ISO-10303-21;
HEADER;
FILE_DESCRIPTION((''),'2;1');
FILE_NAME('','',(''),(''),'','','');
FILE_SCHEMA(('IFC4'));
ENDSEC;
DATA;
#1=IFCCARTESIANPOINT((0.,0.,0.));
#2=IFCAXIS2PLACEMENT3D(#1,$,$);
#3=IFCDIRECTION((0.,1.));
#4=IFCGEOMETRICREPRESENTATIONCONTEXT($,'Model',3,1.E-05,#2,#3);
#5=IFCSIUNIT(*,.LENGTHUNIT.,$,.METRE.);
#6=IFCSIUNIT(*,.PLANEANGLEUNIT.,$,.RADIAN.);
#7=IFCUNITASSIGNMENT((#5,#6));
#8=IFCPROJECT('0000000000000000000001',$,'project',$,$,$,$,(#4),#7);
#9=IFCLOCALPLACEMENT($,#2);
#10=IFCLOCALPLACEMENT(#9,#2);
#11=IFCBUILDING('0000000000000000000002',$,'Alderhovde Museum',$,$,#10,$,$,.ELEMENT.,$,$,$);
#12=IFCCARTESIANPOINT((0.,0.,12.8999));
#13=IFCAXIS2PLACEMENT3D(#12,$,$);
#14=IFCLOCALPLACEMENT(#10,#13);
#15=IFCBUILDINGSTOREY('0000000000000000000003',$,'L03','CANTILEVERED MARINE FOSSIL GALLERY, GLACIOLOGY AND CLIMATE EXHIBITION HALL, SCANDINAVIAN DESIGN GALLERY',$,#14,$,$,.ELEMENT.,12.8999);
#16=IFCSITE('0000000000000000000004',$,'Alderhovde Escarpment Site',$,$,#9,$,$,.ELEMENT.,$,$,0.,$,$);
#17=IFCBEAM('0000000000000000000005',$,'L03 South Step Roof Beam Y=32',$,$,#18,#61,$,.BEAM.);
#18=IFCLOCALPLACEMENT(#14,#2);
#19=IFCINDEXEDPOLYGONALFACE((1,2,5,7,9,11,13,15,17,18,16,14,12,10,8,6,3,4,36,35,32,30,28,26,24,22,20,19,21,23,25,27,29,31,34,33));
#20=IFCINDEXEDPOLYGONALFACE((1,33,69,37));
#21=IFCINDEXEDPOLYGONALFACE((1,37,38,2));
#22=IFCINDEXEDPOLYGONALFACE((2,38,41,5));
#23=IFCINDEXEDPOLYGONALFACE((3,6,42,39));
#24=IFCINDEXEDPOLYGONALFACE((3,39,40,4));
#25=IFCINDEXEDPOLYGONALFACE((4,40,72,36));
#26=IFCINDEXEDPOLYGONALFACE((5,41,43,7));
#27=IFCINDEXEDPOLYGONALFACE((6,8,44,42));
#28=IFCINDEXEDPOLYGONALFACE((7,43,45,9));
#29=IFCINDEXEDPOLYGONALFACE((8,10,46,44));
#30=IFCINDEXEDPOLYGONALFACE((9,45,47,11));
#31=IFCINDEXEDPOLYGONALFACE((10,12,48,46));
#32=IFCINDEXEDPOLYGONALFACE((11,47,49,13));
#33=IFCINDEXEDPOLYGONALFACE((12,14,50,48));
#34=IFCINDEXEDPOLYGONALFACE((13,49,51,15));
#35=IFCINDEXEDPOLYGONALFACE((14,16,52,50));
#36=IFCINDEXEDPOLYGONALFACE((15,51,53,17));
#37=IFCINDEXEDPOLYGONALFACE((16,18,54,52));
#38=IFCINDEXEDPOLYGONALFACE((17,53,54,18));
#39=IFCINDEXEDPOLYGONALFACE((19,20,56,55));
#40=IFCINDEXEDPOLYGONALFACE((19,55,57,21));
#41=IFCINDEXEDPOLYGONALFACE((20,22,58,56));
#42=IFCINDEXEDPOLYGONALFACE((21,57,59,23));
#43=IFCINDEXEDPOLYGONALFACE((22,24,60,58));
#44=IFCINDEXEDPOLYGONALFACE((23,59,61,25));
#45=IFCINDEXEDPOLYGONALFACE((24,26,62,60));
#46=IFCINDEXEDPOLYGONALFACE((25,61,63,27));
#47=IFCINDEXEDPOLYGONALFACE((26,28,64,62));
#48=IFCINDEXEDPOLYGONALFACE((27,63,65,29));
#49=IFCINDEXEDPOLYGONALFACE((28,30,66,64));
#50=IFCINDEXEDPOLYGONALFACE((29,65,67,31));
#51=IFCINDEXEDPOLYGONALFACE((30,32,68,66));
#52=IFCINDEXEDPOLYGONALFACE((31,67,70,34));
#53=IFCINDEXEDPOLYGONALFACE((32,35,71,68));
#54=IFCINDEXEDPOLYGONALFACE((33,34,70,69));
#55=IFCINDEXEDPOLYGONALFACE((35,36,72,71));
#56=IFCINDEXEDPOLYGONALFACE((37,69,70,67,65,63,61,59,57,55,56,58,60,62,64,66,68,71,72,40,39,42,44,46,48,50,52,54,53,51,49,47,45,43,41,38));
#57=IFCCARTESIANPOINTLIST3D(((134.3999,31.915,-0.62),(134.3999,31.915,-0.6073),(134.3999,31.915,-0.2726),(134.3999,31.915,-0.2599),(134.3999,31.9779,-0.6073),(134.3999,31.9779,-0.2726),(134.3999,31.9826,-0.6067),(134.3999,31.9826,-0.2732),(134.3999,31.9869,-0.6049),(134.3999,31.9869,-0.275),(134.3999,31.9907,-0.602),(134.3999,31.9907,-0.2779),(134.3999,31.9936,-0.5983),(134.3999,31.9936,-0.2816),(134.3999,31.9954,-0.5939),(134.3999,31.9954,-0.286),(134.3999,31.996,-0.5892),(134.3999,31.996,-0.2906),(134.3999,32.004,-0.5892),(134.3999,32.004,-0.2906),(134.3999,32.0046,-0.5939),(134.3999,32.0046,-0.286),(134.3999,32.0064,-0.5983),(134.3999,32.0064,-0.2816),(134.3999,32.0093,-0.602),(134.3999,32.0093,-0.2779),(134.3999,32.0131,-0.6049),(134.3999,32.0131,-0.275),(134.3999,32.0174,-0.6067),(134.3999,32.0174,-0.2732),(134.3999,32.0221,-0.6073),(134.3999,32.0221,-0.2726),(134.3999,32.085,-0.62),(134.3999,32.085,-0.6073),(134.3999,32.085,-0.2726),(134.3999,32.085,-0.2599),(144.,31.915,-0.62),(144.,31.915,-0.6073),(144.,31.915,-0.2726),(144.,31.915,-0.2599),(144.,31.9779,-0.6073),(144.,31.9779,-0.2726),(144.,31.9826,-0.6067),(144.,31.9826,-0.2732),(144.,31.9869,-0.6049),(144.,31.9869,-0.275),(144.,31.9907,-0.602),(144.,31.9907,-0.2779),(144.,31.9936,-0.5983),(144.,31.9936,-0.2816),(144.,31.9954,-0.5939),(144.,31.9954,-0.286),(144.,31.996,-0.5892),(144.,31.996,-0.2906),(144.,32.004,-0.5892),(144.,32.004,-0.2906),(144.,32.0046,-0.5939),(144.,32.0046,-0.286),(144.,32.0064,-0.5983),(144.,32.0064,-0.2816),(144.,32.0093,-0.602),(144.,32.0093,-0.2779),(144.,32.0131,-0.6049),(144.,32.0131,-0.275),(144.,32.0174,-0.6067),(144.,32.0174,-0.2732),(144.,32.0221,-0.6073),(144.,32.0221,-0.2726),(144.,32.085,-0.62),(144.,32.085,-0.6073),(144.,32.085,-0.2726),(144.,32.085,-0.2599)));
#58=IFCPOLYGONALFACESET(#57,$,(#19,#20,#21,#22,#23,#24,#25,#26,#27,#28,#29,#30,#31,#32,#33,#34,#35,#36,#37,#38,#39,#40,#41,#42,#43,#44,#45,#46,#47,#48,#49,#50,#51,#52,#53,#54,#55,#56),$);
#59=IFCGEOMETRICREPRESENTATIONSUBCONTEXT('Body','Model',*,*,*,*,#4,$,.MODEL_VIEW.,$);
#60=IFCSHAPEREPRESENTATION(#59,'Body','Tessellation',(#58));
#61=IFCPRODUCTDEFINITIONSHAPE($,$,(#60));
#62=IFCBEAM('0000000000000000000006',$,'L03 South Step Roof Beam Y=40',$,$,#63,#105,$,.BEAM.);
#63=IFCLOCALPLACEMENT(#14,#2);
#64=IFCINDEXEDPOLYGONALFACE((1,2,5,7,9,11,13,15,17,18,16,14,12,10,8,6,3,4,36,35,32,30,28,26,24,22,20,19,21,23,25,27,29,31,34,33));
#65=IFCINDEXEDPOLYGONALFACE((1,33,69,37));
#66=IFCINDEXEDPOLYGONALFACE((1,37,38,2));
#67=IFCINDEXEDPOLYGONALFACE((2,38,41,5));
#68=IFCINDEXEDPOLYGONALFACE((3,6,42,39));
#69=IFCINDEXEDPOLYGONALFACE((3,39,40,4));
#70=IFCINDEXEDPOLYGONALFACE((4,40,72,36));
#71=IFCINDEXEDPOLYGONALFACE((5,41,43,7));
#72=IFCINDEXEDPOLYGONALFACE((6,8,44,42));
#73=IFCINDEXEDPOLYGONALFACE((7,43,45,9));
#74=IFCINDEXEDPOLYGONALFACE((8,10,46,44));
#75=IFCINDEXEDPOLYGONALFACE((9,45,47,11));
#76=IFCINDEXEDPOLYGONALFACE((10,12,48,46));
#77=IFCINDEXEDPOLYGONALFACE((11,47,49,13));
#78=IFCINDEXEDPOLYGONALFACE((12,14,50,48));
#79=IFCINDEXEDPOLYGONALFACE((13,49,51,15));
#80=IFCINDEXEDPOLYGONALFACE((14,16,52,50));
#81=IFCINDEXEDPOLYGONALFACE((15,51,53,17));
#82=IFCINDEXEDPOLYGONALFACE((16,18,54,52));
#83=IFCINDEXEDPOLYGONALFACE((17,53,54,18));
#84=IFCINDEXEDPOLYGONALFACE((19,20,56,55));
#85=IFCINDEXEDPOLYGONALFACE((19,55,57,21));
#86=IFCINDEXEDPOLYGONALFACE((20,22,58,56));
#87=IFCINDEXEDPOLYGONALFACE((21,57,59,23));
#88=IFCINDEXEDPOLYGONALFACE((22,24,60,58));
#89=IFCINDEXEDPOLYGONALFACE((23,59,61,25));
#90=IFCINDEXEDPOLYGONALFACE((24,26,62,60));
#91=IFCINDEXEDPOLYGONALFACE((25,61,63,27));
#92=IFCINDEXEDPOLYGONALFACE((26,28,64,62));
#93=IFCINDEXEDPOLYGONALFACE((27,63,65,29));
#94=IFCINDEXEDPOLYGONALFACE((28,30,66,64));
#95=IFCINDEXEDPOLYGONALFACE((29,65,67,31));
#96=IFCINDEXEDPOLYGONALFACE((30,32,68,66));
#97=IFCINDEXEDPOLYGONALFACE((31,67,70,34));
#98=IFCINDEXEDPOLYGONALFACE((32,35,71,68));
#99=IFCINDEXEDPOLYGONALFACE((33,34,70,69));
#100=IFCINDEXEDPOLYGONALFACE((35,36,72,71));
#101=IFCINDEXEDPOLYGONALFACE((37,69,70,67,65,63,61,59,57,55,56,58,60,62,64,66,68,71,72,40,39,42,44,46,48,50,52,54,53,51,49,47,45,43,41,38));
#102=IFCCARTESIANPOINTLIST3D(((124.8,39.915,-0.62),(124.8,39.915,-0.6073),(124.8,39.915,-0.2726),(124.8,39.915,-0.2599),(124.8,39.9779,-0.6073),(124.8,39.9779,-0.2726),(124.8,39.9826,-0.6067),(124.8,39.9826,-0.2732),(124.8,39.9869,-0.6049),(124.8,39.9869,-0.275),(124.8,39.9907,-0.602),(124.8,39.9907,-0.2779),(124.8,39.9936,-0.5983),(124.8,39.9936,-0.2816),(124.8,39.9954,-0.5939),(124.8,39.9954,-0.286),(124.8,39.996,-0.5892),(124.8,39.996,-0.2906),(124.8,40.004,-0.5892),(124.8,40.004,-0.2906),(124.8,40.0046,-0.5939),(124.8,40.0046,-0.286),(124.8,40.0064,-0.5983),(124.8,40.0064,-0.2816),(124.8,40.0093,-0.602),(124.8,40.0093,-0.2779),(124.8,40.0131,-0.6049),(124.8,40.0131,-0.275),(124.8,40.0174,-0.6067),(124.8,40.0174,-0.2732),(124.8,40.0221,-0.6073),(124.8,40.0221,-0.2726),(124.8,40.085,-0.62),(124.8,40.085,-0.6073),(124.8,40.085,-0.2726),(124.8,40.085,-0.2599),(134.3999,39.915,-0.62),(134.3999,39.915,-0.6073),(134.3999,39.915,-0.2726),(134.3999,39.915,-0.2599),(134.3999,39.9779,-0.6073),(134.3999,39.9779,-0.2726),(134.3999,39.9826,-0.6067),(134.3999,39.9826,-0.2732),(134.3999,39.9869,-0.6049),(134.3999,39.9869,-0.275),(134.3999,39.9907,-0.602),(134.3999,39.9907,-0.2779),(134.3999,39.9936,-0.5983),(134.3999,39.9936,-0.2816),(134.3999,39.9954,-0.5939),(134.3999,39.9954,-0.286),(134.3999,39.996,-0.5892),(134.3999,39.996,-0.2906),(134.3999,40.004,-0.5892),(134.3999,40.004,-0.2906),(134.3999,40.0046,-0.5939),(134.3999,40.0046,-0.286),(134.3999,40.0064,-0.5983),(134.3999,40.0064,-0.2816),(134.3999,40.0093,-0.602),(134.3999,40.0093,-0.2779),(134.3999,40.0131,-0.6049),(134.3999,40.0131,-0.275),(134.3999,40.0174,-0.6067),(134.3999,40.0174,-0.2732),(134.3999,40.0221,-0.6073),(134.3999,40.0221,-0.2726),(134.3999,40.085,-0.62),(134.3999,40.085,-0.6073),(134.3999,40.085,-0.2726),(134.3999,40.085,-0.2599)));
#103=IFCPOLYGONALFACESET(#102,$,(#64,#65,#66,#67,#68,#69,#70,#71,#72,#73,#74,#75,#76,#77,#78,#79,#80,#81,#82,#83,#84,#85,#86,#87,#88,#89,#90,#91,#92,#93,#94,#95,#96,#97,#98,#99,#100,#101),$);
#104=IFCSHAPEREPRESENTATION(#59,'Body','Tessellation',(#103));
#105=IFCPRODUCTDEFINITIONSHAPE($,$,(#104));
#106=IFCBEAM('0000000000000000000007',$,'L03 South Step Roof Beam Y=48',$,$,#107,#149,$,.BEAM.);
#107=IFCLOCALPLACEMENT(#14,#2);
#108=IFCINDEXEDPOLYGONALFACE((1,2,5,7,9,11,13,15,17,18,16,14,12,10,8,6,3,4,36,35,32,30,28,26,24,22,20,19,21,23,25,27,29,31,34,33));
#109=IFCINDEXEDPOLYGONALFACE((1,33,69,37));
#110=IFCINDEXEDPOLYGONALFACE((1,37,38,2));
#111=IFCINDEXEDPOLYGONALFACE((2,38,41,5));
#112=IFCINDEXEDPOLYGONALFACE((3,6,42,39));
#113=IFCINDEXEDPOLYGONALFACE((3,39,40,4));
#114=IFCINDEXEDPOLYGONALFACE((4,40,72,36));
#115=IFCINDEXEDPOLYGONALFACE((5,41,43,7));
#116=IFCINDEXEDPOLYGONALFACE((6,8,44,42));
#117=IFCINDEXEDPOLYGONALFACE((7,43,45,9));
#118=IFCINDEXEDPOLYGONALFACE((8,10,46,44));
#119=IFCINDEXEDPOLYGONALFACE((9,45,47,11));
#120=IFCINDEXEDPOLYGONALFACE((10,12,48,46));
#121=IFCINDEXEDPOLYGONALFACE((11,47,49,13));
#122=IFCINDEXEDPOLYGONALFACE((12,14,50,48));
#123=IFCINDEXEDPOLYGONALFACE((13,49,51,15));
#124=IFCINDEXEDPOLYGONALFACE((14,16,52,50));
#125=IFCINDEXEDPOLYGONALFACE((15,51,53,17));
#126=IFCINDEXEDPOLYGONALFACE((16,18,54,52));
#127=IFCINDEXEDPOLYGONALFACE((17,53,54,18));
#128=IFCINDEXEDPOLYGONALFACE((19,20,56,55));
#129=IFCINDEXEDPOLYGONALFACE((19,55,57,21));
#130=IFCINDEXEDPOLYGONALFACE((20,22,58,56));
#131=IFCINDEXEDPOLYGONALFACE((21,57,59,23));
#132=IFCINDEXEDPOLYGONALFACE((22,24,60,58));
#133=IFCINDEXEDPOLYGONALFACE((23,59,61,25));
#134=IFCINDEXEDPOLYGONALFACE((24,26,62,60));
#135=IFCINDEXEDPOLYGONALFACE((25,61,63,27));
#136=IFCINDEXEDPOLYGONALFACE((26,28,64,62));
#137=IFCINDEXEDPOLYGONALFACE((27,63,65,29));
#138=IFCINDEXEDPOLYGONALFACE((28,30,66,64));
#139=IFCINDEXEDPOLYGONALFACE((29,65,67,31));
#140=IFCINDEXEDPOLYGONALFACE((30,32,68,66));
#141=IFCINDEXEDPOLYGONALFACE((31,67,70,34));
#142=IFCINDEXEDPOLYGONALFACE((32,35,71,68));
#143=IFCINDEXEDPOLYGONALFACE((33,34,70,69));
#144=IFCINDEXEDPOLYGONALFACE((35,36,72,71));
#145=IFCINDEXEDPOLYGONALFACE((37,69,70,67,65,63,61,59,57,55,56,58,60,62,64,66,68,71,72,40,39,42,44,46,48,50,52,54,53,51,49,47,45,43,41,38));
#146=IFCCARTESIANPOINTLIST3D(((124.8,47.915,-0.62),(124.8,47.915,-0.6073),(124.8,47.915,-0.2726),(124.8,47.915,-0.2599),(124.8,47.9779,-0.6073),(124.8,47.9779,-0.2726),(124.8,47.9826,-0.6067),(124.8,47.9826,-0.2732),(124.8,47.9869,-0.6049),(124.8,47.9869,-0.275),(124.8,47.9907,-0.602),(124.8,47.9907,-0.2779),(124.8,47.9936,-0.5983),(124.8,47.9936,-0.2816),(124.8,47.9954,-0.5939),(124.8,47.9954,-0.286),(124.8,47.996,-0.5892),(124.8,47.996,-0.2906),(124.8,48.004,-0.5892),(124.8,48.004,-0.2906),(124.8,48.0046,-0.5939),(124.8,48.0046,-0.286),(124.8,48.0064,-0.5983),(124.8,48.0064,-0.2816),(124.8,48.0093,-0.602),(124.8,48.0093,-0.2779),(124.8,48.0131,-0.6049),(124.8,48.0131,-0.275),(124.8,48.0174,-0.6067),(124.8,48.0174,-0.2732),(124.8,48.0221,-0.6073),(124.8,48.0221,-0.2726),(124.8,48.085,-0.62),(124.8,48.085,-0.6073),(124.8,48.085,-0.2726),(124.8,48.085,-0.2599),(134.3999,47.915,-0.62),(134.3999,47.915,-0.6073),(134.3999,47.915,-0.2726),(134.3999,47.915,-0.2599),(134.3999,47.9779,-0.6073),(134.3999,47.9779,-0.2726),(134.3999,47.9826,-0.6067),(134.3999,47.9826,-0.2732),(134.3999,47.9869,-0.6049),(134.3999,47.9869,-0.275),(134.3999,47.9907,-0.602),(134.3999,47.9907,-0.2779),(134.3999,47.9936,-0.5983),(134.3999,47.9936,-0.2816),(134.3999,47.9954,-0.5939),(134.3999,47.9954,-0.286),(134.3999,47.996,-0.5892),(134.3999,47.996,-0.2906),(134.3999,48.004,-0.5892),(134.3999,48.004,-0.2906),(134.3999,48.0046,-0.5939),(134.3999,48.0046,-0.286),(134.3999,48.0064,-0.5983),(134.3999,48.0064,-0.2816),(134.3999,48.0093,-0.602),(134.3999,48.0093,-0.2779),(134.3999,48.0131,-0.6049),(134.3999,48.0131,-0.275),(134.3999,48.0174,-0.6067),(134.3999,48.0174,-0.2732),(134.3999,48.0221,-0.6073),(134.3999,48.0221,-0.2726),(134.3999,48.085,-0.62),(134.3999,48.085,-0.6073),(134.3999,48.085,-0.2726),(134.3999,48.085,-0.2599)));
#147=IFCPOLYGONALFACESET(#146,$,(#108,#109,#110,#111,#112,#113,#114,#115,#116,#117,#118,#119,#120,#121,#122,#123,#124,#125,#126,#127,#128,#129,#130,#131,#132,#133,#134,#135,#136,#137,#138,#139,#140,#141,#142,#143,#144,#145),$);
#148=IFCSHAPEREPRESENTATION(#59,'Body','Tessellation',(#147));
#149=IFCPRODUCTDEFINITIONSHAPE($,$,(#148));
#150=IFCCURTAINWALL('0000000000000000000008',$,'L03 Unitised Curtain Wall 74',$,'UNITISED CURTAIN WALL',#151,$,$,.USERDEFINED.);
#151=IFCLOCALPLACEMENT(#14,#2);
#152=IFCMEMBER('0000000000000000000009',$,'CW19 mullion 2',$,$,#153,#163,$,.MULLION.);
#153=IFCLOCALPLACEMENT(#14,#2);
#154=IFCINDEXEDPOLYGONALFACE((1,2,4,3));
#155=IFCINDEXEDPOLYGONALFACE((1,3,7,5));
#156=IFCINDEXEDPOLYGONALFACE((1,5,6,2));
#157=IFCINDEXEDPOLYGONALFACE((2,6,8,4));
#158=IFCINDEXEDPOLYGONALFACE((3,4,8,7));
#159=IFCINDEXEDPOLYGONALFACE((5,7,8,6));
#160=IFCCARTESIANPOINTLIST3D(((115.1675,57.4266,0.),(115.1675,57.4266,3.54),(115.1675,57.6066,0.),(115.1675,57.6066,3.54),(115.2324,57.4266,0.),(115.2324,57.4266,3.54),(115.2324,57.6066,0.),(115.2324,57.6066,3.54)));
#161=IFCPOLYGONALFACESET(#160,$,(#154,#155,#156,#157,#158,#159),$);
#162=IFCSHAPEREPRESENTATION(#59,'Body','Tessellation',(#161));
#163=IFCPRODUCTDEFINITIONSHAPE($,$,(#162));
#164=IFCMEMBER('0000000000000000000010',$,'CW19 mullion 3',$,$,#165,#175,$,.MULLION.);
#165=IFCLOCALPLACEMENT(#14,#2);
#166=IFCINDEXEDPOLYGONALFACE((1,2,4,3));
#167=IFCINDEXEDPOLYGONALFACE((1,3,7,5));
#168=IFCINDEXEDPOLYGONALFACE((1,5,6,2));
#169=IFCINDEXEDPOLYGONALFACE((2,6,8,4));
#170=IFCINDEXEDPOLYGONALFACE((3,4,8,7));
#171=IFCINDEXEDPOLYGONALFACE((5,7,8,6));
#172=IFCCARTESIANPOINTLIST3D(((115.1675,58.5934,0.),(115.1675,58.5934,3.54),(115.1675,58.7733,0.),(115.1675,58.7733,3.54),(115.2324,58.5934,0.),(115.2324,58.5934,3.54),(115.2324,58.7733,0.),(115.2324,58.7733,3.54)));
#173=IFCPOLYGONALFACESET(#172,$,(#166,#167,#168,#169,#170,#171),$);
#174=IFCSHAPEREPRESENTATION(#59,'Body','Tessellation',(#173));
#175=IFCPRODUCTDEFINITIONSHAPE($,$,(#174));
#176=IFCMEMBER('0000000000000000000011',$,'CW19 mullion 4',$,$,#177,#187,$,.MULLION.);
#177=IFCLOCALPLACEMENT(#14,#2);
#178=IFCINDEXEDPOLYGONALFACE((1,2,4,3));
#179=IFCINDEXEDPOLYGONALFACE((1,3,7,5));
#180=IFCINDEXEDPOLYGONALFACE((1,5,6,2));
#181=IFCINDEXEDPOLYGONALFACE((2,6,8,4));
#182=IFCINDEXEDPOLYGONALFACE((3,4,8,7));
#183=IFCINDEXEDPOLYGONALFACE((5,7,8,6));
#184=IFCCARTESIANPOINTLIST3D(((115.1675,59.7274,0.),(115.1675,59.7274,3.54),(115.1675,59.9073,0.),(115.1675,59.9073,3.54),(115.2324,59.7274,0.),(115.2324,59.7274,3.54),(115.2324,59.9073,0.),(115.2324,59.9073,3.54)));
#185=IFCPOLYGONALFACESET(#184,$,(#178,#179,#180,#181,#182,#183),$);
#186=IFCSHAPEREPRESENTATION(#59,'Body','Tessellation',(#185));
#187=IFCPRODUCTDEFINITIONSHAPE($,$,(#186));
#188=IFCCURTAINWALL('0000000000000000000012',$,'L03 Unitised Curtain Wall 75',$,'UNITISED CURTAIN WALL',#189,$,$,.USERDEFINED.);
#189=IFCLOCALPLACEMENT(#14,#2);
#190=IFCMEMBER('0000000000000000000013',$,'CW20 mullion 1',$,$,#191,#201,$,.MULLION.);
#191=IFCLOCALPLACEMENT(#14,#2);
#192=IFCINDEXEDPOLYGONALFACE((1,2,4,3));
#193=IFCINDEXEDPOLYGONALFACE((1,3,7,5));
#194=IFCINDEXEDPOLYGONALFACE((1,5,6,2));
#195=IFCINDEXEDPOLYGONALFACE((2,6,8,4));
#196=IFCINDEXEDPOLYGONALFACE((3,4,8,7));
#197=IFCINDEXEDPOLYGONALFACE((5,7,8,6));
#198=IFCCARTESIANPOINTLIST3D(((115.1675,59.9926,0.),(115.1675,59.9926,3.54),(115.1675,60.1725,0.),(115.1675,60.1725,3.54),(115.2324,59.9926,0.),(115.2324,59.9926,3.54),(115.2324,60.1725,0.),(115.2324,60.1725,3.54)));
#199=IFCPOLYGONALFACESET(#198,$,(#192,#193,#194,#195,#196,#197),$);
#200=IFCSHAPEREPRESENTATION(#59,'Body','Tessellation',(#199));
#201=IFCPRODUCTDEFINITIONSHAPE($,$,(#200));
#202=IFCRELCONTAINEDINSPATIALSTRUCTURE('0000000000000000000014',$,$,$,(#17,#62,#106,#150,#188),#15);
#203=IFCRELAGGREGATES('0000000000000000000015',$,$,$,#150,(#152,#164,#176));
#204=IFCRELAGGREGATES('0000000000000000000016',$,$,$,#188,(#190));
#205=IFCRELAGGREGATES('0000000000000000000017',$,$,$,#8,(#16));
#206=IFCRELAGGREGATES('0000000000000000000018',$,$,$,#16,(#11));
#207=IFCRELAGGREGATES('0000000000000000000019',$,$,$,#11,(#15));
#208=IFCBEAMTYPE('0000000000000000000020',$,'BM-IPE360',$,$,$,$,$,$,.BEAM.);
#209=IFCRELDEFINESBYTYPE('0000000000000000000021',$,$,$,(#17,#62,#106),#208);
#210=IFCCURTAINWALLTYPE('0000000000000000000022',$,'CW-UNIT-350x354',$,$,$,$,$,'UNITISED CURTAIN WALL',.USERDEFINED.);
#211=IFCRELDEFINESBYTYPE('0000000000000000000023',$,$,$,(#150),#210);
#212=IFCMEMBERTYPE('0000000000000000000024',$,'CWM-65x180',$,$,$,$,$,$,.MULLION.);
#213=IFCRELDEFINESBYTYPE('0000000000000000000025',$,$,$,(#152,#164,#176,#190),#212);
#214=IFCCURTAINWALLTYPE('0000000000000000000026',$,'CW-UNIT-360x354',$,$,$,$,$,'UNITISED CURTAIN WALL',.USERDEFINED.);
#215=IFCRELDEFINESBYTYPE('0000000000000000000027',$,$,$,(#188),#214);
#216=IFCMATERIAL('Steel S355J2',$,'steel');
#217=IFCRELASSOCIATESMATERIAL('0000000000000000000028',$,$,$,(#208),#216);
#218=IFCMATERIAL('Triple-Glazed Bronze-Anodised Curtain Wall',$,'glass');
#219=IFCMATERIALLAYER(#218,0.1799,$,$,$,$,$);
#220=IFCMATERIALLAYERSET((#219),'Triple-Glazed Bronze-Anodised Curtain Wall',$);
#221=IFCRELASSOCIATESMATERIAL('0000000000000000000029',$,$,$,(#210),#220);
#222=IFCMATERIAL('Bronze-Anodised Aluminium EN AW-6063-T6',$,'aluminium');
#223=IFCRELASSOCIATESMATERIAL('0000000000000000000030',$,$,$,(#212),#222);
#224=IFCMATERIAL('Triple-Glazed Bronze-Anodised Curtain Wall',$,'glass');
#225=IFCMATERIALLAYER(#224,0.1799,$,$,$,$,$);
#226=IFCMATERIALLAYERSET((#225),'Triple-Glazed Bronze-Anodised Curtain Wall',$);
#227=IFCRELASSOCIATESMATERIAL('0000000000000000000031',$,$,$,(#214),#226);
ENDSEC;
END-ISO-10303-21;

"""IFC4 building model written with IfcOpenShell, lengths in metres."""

from ifc_helpers import new_model, si_unit, direction, frame, origin, origin_2d, place, context, subcontext, project, spatial, rectangle, i_section, extrude, material, layer, layer_set, material_profile, profile_set, type_object, element, aggregate, save


model = new_model("IFC4")

# Units and contexts
model_context = context("Model", 3, precision=1e-05, world=origin(), true_north=direction((0.0, 1.0)))
body_context = subcontext(model_context, "Body", "Model", "MODEL_VIEW")
ifc_project = project(units=[si_unit("LENGTHUNIT", "METRE"), si_unit("PLANEANGLEUNIT", "RADIAN")], contexts=[model_context])

# Site, building, storey
site_placement = place(None, origin())
site = spatial("IfcSite", under=ifc_project, at=site_placement, Name="Alderhovde Escarpment Site", CompositionType="ELEMENT", RefElevation=0.0)
building_placement = place(site_placement, origin())
building = spatial("IfcBuilding", under=site, at=building_placement, Name="Alderhovde Museum", CompositionType="ELEMENT")
storey_placement = place(building_placement, frame((0.0, 0.0, 12.8999)))
storey = spatial("IfcBuildingStorey", under=building, at=storey_placement, Name="L03", Description="CANTILEVERED MARINE FOSSIL GALLERY, GLACIOLOGY AND CLIMATE EXHIBITION HALL, SCANDINAVIAN DESIGN GALLERY", CompositionType="ELEMENT", Elevation=12.8999)

# Beams
ifc_material_1 = material(Name="Steel S355J2", Category="steel")
ifc_material_profile_1 = material_profile(ifc_material_1, i_section(OverallWidth=0.1699, OverallDepth=0.3601, WebThickness=0.0081, FlangeThickness=0.0127, FilletRadius=0.0181, at=origin_2d()), Name="IPE 360")
ifc_profile_set_1 = profile_set([ifc_material_profile_1], Name="Steel S355J2")
beam_type = type_object("IfcBeamType", Name="BM-IPE360", PredefinedType="BEAM", material=ifc_profile_set_1)
beam_1_placement = place(storey_placement, frame((134.3999, 32.0, -0.4399), z_axis=(1.0, 0.0, 0.0), x_axis=(0.0, 1.0, 0.0)))
element("IfcBeam", 1, at=beam_1_placement, inside=storey, type_object=beam_type, Name="L03 South Step Roof Beam Y=32", PredefinedType="BEAM", context=body_context, shape_type="SweptSolid", body=[
    extrude(i_section(OverallWidth=0.1699, OverallDepth=0.3601, WebThickness=0.0081, FlangeThickness=0.0127, FilletRadius=0.0181, at=origin_2d()), origin(), (0.0, 0.0, 1.0), 9.6001),
])
for number, where, z_axis, x_axis, name in (
    (2, (124.8, 40.0, -0.4399), (1.0, 0.0, 0.0), (0.0, 1.0, 0.0), "L03 South Step Roof Beam Y=40"),
    (3, (124.8, 48.0, -0.4399), (1.0, 0.0, 0.0), (0.0, 1.0, 0.0), "L03 South Step Roof Beam Y=48"),
):
    element("IfcBeam", number, at=place(storey_placement, frame(where, z_axis=z_axis, x_axis=x_axis)), inside=storey, type_object=beam_type, Name=name, PredefinedType="BEAM", context=body_context, shape_type="SweptSolid", body=[
        extrude(i_section(OverallWidth=0.1699, OverallDepth=0.3601, WebThickness=0.0081, FlangeThickness=0.0127, FilletRadius=0.0181, at=origin_2d()), origin(), (0.0, 0.0, 1.0), 9.5999),
    ])

# Curtain walls, members
ifc_material_2 = material(Name="Triple-Glazed Bronze-Anodised Curtain Wall", Category="glass")
ifc_layer_1 = layer(ifc_material_2, 0.1799)
ifc_layer_set_1 = layer_set([ifc_layer_1], Name="Triple-Glazed Bronze-Anodised Curtain Wall")
curtain_wall_type_1 = type_object("IfcCurtainWallType", Name="CW-UNIT-350x354", ElementType="UNITISED CURTAIN WALL", PredefinedType="USERDEFINED", material=ifc_layer_set_1)
curtain_wall_1_placement = place(storey_placement, origin())
curtain_wall_1 = element("IfcCurtainWall", 4, at=curtain_wall_1_placement, inside=storey, type_object=curtain_wall_type_1, Name="L03 Unitised Curtain Wall 74", ObjectType="UNITISED CURTAIN WALL", PredefinedType="USERDEFINED")
ifc_material_3 = material(Name="Bronze-Anodised Aluminium EN AW-6063-T6", Category="aluminium")
ifc_material_profile_2 = material_profile(ifc_material_3, rectangle(XDim=0.0649, YDim=0.1799, at=origin_2d()), Name="MULLION 65x180")
ifc_profile_set_2 = profile_set([ifc_material_profile_2], Name="Bronze-Anodised Aluminium EN AW-6063-T6")
member_type_1 = type_object("IfcMemberType", Name="CWM-65x180", PredefinedType="MULLION", material=ifc_profile_set_2)
member_1_placement = place(storey_placement, frame((115.2, 57.5166, 0.0), z_axis=(0.0, 0.0, 1.0), x_axis=(-1.0, 0.0, 0.0)))
member_1 = element("IfcMember", 5, at=member_1_placement, type_object=member_type_1, Name="CW19 mullion 2", PredefinedType="MULLION", context=body_context, shape_type="SweptSolid", body=[
    extrude(rectangle(XDim=0.0649, YDim=0.1799, at=origin_2d()), origin(), (0.0, 0.0, 1.0), 3.54),
])
member_2_placement = place(storey_placement, frame((115.2, 58.6833, 0.0), z_axis=(0.0, 0.0, 1.0), x_axis=(-1.0, 0.0, 0.0)))
member_2 = element("IfcMember", 6, at=member_2_placement, type_object=member_type_1, Name="CW19 mullion 3", PredefinedType="MULLION", context=body_context, shape_type="SweptSolid", body=[
    extrude(rectangle(XDim=0.0649, YDim=0.1799, at=origin_2d()), origin(), (0.0, 0.0, 1.0), 3.54),
])
member_3_placement = place(storey_placement, frame((115.2, 59.8174, 0.0), z_axis=(0.0, 0.0, 1.0), x_axis=(-1.0, 0.0, 0.0)))
member_3 = element("IfcMember", 7, at=member_3_placement, type_object=member_type_1, Name="CW19 mullion 4", PredefinedType="MULLION", context=body_context, shape_type="SweptSolid", body=[
    extrude(rectangle(XDim=0.0649, YDim=0.1799, at=origin_2d()), origin(), (0.0, 0.0, 1.0), 3.54),
])
ifc_material_4 = material(Name="Triple-Glazed Bronze-Anodised Curtain Wall", Category="glass")
ifc_layer_2 = layer(ifc_material_4, 0.1799)
ifc_layer_set_2 = layer_set([ifc_layer_2], Name="Triple-Glazed Bronze-Anodised Curtain Wall")
curtain_wall_type_2 = type_object("IfcCurtainWallType", Name="CW-UNIT-360x354", ElementType="UNITISED CURTAIN WALL", PredefinedType="USERDEFINED", material=ifc_layer_set_2)
curtain_wall_2_placement = place(storey_placement, origin())
curtain_wall_2 = element("IfcCurtainWall", 8, at=curtain_wall_2_placement, inside=storey, type_object=curtain_wall_type_2, Name="L03 Unitised Curtain Wall 75", ObjectType="UNITISED CURTAIN WALL", PredefinedType="USERDEFINED")
member_4_placement = place(storey_placement, frame((115.2, 60.0825, 0.0), z_axis=(0.0, 0.0, 1.0), x_axis=(-1.0, 0.0, 0.0)))
member_4 = element("IfcMember", 9, at=member_4_placement, type_object=member_type_1, Name="CW20 mullion 1", PredefinedType="MULLION", context=body_context, shape_type="SweptSolid", body=[
    extrude(rectangle(XDim=0.0649, YDim=0.1799, at=origin_2d()), origin(), (0.0, 0.0, 1.0), 3.54),
])

aggregate(curtain_wall_1, [member_1, member_2, member_3])
aggregate(curtain_wall_2, [member_4])

save(model, "model.ifc")
